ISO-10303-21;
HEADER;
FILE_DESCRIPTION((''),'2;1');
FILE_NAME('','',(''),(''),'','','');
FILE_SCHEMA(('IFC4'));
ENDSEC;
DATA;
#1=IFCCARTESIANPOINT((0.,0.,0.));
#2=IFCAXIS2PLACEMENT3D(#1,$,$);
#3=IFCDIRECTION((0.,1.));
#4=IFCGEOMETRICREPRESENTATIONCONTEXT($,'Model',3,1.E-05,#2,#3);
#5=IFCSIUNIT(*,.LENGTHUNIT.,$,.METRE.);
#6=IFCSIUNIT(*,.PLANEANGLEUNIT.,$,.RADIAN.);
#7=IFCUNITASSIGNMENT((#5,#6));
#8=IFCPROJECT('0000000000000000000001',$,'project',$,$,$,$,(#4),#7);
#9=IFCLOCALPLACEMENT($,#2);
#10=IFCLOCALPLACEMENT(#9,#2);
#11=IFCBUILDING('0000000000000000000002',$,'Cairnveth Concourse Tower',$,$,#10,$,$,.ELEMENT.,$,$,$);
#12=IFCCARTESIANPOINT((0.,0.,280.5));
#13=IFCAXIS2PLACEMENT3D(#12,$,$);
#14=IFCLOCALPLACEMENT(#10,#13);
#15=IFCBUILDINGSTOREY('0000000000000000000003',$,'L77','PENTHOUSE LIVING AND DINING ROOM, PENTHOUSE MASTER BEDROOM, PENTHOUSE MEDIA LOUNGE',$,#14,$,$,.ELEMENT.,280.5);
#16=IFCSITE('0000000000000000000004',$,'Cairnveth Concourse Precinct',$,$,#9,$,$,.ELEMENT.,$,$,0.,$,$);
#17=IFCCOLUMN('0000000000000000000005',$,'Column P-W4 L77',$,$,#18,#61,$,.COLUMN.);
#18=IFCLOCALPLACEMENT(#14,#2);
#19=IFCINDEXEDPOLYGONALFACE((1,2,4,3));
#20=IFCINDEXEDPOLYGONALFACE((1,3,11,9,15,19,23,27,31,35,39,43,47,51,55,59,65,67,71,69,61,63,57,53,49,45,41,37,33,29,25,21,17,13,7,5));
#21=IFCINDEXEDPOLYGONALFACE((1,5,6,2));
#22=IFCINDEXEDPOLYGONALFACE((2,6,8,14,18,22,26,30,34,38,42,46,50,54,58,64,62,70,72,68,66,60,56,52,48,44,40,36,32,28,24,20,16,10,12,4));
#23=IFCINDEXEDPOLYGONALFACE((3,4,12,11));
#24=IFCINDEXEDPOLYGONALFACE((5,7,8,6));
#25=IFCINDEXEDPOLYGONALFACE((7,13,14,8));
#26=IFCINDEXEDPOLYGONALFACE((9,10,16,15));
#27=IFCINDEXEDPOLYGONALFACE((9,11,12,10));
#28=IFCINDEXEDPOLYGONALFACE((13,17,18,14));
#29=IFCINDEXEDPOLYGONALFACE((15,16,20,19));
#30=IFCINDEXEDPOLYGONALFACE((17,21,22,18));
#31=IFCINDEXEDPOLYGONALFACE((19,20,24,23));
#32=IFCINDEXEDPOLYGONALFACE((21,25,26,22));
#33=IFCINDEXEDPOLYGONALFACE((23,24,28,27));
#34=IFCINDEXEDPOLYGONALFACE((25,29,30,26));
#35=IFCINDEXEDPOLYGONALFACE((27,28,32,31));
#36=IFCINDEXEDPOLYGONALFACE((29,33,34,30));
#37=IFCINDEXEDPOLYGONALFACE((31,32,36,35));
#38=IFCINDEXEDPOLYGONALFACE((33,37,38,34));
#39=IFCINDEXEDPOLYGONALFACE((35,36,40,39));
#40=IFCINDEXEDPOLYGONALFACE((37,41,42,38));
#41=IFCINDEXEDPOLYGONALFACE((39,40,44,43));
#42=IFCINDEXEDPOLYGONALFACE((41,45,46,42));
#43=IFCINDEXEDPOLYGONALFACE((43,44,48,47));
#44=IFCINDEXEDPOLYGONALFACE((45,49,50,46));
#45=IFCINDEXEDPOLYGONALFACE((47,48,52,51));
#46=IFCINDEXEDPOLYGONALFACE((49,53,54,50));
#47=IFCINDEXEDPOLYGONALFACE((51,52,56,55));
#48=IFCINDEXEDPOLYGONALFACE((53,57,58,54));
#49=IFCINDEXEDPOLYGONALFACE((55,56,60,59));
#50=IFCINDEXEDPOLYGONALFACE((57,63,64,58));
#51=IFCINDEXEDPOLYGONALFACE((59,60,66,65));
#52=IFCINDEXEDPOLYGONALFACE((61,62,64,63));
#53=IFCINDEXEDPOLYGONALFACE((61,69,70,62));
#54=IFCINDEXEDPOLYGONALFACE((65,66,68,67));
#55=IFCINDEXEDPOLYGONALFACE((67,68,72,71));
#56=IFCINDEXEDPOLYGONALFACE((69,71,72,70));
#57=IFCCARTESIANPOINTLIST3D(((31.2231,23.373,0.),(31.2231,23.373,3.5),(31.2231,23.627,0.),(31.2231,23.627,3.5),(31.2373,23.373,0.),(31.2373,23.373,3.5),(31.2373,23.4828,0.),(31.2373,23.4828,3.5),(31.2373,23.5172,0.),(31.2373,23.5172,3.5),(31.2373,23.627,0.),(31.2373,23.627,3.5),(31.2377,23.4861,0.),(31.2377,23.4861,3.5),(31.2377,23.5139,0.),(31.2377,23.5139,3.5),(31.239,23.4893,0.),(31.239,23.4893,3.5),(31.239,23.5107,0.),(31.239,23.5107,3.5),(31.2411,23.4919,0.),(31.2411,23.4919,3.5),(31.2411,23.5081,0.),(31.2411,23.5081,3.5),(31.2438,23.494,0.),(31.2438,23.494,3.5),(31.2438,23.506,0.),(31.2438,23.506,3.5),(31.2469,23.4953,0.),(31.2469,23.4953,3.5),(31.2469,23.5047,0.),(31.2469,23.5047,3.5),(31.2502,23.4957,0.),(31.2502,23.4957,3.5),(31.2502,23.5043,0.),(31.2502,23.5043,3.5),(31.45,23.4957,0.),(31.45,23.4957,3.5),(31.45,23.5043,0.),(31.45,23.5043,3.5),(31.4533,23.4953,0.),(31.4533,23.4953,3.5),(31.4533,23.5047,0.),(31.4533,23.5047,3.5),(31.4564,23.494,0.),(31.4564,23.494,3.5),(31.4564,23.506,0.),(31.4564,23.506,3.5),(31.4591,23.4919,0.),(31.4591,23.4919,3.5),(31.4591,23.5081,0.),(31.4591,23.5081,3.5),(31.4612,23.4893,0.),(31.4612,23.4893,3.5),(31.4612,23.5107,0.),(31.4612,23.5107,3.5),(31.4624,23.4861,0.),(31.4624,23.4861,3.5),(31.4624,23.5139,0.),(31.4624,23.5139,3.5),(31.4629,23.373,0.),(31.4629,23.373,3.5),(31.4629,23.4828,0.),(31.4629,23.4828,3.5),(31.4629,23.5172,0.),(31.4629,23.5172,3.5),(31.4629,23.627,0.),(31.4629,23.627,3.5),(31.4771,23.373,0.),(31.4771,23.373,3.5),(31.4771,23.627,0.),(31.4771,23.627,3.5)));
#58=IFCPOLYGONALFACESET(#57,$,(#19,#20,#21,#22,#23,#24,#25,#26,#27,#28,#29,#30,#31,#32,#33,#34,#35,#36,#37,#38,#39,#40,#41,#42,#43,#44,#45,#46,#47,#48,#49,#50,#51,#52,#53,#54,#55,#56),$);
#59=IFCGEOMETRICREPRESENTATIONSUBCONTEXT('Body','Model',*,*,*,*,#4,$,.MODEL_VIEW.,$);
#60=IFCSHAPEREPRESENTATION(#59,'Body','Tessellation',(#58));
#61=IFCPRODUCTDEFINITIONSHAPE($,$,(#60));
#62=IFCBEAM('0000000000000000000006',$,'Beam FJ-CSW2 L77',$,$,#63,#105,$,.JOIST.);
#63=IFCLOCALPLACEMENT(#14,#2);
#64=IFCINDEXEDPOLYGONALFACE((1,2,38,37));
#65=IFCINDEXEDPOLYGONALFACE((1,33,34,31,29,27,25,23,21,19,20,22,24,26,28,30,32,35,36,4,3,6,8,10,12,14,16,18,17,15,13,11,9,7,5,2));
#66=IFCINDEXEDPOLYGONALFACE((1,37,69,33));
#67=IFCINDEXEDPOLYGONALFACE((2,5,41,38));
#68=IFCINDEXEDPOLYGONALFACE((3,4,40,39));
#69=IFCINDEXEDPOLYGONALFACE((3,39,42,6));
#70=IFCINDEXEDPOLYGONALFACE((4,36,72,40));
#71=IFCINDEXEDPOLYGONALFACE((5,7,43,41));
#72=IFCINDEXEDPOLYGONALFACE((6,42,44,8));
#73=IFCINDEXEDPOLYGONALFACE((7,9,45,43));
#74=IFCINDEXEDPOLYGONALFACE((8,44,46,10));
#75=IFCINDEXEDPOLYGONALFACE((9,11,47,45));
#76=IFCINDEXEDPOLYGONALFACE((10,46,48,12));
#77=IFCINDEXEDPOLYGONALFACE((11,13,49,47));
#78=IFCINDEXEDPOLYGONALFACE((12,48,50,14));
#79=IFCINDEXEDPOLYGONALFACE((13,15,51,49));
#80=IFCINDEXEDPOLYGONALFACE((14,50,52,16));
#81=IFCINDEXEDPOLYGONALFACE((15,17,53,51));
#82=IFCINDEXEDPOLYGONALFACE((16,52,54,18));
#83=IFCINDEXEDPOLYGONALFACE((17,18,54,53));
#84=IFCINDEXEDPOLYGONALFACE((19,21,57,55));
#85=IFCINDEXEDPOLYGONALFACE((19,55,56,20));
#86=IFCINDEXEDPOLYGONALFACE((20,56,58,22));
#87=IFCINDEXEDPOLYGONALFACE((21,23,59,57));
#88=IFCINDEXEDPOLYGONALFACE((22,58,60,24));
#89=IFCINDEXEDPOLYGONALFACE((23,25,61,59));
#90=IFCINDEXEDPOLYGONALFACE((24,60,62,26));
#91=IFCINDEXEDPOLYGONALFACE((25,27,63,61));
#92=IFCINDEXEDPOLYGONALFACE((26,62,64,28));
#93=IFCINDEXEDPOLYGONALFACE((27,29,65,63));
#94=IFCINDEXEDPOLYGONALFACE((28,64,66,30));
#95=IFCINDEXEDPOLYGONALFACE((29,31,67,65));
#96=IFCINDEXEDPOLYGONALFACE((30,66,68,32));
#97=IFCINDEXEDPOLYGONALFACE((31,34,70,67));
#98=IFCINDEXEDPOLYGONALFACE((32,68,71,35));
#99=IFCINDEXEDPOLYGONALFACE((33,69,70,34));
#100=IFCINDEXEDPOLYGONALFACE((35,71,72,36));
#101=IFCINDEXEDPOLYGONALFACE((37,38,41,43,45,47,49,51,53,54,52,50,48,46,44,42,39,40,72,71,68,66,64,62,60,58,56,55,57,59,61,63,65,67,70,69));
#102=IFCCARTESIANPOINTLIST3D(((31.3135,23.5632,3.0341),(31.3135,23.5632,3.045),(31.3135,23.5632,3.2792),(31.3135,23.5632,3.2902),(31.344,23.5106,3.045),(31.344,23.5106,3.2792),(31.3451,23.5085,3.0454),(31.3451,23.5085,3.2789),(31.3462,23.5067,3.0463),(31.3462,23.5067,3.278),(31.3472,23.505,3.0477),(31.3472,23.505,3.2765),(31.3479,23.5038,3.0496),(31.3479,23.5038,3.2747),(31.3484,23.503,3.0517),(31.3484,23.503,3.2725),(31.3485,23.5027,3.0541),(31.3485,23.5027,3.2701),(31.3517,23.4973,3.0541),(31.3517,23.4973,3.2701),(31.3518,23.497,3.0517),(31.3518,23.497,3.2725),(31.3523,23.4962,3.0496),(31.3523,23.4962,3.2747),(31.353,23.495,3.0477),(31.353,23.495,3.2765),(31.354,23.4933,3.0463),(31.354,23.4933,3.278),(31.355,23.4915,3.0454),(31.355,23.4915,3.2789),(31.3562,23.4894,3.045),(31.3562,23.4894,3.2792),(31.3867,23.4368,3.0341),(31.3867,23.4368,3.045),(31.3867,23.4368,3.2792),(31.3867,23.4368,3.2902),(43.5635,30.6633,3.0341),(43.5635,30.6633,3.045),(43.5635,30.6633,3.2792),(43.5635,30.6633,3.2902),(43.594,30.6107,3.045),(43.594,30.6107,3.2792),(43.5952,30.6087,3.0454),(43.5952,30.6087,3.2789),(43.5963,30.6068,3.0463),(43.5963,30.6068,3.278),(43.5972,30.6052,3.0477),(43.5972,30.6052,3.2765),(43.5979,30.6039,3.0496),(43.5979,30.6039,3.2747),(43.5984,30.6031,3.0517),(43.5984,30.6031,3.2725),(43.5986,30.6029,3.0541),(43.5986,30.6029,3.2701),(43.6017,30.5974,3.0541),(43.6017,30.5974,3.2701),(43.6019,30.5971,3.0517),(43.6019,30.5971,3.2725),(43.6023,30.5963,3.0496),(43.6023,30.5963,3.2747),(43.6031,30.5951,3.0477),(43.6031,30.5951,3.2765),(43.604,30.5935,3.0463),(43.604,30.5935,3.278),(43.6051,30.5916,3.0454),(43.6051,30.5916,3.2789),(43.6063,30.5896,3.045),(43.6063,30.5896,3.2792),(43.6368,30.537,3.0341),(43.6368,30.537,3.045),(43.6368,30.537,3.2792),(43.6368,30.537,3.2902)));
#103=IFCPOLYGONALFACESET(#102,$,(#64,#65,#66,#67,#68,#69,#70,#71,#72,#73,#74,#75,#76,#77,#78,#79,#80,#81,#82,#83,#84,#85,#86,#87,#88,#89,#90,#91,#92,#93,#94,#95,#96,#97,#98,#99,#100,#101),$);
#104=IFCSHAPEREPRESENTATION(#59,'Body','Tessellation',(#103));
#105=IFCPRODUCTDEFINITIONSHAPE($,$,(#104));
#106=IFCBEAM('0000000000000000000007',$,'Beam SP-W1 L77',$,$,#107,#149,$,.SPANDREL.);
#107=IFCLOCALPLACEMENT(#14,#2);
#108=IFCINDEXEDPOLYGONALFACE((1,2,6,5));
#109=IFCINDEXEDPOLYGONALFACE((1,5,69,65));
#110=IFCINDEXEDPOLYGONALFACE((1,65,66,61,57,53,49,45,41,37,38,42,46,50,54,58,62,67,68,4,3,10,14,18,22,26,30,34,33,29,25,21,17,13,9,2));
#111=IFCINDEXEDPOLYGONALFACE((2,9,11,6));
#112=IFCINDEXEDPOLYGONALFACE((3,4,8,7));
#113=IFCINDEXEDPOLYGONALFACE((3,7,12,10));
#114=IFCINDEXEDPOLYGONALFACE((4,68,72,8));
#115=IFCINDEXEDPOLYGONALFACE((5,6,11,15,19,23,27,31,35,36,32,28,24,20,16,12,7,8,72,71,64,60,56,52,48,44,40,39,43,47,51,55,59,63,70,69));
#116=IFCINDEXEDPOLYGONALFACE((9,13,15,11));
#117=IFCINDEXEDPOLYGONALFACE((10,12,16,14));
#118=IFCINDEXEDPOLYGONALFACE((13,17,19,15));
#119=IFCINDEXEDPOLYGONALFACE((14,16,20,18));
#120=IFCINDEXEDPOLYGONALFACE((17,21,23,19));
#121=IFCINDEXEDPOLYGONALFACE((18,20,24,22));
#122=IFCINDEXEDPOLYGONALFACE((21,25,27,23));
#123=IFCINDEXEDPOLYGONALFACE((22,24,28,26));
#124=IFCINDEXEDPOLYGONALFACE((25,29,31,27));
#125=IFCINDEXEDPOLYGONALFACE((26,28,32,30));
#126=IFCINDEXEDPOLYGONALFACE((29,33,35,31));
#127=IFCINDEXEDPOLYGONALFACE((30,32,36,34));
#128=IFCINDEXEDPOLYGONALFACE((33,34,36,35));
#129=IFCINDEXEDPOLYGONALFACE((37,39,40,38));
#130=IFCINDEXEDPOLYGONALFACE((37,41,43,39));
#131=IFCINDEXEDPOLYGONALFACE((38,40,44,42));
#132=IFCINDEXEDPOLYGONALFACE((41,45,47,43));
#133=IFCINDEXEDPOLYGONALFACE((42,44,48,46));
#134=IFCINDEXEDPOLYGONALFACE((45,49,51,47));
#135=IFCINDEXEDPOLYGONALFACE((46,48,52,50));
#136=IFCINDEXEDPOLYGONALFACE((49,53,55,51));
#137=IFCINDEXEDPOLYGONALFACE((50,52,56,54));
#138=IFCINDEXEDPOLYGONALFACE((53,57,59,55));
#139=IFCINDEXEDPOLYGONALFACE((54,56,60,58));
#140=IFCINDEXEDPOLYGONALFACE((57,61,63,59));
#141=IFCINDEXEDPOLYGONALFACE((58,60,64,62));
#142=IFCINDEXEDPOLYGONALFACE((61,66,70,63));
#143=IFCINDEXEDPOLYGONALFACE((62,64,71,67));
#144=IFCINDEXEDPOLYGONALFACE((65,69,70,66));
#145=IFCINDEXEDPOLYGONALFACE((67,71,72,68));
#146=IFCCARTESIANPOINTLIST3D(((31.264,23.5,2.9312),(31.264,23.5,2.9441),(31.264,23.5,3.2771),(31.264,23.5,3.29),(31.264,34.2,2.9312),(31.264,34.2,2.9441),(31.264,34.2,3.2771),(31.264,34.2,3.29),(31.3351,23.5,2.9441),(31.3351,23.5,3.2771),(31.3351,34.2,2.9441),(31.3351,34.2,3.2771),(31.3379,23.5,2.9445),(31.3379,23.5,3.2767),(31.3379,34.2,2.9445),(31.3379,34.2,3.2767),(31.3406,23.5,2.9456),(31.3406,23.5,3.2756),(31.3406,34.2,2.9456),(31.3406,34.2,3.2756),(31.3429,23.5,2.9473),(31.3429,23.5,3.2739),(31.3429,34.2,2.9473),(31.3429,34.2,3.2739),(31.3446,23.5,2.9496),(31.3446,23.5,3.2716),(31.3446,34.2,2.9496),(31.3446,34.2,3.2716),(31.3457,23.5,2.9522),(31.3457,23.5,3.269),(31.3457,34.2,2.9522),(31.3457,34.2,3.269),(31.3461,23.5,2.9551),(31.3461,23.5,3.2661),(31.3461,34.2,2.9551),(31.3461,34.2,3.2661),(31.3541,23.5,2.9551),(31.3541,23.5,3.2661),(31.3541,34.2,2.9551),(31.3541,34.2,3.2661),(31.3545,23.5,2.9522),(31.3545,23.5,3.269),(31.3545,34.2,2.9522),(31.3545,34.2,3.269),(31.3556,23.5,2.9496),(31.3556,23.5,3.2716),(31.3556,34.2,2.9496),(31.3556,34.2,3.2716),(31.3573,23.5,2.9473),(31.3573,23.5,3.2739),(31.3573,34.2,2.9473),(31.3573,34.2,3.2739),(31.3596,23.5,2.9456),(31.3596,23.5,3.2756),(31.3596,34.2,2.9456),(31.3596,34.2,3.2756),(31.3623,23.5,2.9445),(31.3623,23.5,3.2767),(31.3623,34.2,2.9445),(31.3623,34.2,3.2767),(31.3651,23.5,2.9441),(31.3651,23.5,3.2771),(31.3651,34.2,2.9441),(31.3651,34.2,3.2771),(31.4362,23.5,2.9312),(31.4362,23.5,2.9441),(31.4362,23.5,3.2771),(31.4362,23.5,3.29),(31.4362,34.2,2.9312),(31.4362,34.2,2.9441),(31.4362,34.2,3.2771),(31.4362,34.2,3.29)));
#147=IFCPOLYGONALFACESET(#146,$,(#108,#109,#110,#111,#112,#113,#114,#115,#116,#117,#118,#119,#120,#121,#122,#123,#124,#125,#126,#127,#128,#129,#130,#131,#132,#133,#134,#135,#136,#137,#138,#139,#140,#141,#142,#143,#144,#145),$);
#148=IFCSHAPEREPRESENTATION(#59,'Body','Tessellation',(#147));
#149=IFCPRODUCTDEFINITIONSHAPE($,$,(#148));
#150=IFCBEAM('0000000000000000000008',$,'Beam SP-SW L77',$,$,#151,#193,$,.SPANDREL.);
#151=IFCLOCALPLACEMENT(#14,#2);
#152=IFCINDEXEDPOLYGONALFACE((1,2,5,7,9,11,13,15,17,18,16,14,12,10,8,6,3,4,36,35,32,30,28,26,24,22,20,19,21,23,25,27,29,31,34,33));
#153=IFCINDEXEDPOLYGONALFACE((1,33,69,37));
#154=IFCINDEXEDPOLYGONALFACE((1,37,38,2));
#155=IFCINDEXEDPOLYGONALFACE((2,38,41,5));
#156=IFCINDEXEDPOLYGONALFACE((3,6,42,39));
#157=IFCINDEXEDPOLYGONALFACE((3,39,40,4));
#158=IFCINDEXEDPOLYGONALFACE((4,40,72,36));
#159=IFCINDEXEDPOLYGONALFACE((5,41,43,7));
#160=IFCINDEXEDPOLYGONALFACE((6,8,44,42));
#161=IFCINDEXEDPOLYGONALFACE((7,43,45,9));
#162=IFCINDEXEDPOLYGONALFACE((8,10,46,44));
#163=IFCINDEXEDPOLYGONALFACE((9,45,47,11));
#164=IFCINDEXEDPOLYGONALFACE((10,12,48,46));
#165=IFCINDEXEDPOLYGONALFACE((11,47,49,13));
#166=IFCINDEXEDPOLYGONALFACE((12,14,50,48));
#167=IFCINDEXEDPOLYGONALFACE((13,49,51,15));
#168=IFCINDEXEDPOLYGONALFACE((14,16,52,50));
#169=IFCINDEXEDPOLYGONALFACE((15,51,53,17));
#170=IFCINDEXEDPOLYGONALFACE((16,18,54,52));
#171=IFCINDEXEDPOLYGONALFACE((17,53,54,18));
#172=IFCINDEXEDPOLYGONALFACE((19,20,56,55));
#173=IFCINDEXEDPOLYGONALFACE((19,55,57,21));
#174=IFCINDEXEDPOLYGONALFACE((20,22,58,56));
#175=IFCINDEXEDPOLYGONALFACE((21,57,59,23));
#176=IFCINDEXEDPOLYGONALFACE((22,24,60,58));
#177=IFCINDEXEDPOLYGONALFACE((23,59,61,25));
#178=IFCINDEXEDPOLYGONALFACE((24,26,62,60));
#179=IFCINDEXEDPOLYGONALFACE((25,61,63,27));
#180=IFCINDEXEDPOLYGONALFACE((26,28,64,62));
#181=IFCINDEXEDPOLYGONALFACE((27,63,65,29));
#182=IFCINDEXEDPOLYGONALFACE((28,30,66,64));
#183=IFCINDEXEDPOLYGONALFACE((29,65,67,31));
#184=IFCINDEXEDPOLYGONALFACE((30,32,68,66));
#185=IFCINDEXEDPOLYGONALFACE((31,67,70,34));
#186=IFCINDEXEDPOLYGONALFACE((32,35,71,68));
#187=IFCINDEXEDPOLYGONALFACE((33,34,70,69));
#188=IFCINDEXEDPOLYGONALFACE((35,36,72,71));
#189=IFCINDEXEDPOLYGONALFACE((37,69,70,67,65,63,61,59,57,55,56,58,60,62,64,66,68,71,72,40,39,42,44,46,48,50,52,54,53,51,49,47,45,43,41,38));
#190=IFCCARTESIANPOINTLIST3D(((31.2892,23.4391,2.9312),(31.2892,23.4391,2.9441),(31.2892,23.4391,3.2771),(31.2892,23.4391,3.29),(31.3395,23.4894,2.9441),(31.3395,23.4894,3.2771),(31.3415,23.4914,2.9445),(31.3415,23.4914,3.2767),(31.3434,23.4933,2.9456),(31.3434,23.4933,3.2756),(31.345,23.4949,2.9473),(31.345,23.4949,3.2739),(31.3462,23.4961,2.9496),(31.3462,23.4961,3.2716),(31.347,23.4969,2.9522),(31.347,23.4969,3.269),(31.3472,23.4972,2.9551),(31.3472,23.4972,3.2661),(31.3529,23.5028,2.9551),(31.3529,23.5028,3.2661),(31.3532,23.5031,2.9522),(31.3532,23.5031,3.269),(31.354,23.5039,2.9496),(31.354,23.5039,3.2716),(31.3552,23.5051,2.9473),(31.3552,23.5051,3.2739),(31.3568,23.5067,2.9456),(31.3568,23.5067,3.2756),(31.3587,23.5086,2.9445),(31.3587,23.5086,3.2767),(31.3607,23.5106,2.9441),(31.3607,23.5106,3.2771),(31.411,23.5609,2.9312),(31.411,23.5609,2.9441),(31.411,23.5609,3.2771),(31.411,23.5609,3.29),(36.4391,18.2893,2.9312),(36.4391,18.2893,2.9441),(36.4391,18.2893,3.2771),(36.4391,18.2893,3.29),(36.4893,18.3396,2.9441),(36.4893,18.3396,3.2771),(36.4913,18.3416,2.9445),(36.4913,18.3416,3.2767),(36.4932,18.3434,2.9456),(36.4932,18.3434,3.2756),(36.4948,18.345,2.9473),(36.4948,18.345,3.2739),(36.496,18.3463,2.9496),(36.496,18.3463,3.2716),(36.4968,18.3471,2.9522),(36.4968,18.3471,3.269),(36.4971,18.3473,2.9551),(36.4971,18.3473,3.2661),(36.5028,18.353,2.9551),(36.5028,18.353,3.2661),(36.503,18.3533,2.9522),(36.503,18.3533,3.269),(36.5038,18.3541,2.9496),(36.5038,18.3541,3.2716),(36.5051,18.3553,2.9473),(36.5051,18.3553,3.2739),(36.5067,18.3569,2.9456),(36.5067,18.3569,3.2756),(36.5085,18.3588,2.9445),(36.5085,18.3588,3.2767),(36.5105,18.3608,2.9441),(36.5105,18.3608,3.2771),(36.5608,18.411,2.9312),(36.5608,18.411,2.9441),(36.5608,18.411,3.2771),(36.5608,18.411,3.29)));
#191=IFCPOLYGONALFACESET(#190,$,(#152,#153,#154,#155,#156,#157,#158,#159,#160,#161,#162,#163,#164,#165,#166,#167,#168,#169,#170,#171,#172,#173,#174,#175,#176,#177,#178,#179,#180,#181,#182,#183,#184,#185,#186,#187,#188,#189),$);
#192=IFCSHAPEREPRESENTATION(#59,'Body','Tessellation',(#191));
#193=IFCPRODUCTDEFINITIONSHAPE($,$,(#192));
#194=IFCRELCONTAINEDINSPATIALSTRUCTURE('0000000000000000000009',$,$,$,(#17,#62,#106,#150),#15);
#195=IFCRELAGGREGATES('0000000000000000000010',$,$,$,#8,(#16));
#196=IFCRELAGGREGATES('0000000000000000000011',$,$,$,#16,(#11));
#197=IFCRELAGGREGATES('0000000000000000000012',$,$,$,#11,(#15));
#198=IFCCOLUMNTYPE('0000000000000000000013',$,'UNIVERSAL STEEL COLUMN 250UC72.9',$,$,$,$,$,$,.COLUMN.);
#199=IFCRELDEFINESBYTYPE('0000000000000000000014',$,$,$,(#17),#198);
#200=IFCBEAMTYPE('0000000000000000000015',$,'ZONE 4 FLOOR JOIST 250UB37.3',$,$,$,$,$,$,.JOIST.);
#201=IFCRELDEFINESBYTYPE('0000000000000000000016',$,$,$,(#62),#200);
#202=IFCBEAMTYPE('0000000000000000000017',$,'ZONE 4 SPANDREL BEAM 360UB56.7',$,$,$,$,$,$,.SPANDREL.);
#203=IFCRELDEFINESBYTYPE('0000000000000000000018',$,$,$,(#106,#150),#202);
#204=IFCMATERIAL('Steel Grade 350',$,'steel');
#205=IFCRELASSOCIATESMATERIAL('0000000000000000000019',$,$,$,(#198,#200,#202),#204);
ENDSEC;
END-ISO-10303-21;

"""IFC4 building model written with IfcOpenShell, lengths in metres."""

from ifc_helpers import new_model, si_unit, direction, frame, origin, origin_2d, place, context, subcontext, project, spatial, i_section, extrude, material, material_profile, profile_set, type_object, element, save


model = new_model("IFC4")

# Units and contexts
model_context = context("Model", 3, precision=1e-05, world=origin(), true_north=direction((0.0, 1.0)))
body_context = subcontext(model_context, "Body", "Model", "MODEL_VIEW")
ifc_project = project(units=[si_unit("LENGTHUNIT", "METRE"), si_unit("PLANEANGLEUNIT", "RADIAN")], contexts=[model_context])

# Site, building, storey
site_placement = place(None, origin())
site = spatial("IfcSite", under=ifc_project, at=site_placement, Name="Cairnveth Concourse Precinct", CompositionType="ELEMENT", RefElevation=0.0)
building_placement = place(site_placement, origin())
building = spatial("IfcBuilding", under=site, at=building_placement, Name="Cairnveth Concourse Tower", CompositionType="ELEMENT")
storey_placement = place(building_placement, frame((0.0, 0.0, 280.5)))
storey = spatial("IfcBuildingStorey", under=building, at=storey_placement, Name="L77", Description="PENTHOUSE LIVING AND DINING ROOM, PENTHOUSE MASTER BEDROOM, PENTHOUSE MEDIA LOUNGE", CompositionType="ELEMENT", Elevation=280.5)

# Column
ifc_material_1 = material(Name="Steel Grade 350", Category="steel")
ifc_material_profile_1 = material_profile(ifc_material_1, i_section(OverallWidth=0.2539, OverallDepth=0.2539, WebThickness=0.0085, FlangeThickness=0.0142, FilletRadius=0.0129, at=origin_2d()), Name="250UC72.9")
ifc_profile_set_1 = profile_set([ifc_material_profile_1], Name="Steel Grade 350")
column_type = type_object("IfcColumnType", Name="UNIVERSAL STEEL COLUMN 250UC72.9", PredefinedType="COLUMN", material=ifc_profile_set_1)
column_placement = place(storey_placement, frame((31.3501, 23.5, 0.0), z_axis=(0.0, 0.0, 1.0), x_axis=(0.0, 1.0, 0.0)))
element("IfcColumn", 1, at=column_placement, inside=storey, type_object=column_type, Name="Column P-W4 L77", PredefinedType="COLUMN", context=body_context, shape_type="SweptSolid", body=[
    extrude(i_section(OverallWidth=0.2539, OverallDepth=0.2539, WebThickness=0.0085, FlangeThickness=0.0142, FilletRadius=0.0129, at=origin_2d()), origin(), (0.0, 0.0, 1.0), 3.5),
])

# Beams
ifc_material_profile_2 = material_profile(ifc_material_1, i_section(OverallWidth=0.146, OverallDepth=0.2561, WebThickness=0.0063, FlangeThickness=0.011, FilletRadius=0.009, at=origin_2d()), Name="250UB37.3")
ifc_profile_set_2 = profile_set([ifc_material_profile_2], Name="Steel Grade 350")
beam_type_1 = type_object("IfcBeamType", Name="ZONE 4 FLOOR JOIST 250UB37.3", PredefinedType="JOIST", material=ifc_profile_set_2)
beam_1_placement = place(storey_placement, frame((31.3501, 23.5, 3.1621), z_axis=(0.865181, 0.501459, 0.0), x_axis=(-0.501459, 0.865181, 0.0)))
element("IfcBeam", 2, at=beam_1_placement, inside=storey, type_object=beam_type_1, Name="Beam FJ-CSW2 L77", PredefinedType="JOIST", context=body_context, shape_type="SweptSolid", body=[
    extrude(i_section(OverallWidth=0.146, OverallDepth=0.2561, WebThickness=0.0063, FlangeThickness=0.011, FilletRadius=0.009, at=origin_2d()), origin(), (0.0, 0.0, 1.0), 14.1589),
])
ifc_material_profile_3 = material_profile(ifc_material_1, i_section(OverallWidth=0.1721, OverallDepth=0.3589, WebThickness=0.0081, FlangeThickness=0.0129, FilletRadius=0.011, at=origin_2d()), Name="360UB56.7")
ifc_profile_set_3 = profile_set([ifc_material_profile_3], Name="Steel Grade 350")
beam_type_2 = type_object("IfcBeamType", Name="ZONE 4 SPANDREL BEAM 360UB56.7", PredefinedType="SPANDREL", material=ifc_profile_set_3)
beam_2_placement = place(storey_placement, frame((31.3501, 23.5, 3.1106), z_axis=(0.0, 1.0, 0.0), x_axis=(-1.0, 0.0, 0.0)))
element("IfcBeam", 3, at=beam_2_placement, inside=storey, type_object=beam_type_2, Name="Beam SP-W1 L77", PredefinedType="SPANDREL", context=body_context, shape_type="SweptSolid", body=[
    extrude(i_section(OverallWidth=0.1721, OverallDepth=0.3589, WebThickness=0.0081, FlangeThickness=0.0129, FilletRadius=0.011, at=origin_2d()), origin(), (0.0, 0.0, 1.0), 10.7),
])
beam_3_placement = place(storey_placement, frame((31.3501, 23.5, 3.1106), z_axis=(0.707107, -0.707107, 0.0), x_axis=(0.707107, 0.707107, 0.0)))
element("IfcBeam", 4, at=beam_3_placement, inside=storey, type_object=beam_type_2, Name="Beam SP-SW L77", PredefinedType="SPANDREL", context=body_context, shape_type="SweptSolid", body=[
    extrude(i_section(OverallWidth=0.1721, OverallDepth=0.3589, WebThickness=0.0081, FlangeThickness=0.0129, FilletRadius=0.011, at=origin_2d()), origin(), (0.0, 0.0, 1.0), 7.283),
])

save(model, "model.ifc")
